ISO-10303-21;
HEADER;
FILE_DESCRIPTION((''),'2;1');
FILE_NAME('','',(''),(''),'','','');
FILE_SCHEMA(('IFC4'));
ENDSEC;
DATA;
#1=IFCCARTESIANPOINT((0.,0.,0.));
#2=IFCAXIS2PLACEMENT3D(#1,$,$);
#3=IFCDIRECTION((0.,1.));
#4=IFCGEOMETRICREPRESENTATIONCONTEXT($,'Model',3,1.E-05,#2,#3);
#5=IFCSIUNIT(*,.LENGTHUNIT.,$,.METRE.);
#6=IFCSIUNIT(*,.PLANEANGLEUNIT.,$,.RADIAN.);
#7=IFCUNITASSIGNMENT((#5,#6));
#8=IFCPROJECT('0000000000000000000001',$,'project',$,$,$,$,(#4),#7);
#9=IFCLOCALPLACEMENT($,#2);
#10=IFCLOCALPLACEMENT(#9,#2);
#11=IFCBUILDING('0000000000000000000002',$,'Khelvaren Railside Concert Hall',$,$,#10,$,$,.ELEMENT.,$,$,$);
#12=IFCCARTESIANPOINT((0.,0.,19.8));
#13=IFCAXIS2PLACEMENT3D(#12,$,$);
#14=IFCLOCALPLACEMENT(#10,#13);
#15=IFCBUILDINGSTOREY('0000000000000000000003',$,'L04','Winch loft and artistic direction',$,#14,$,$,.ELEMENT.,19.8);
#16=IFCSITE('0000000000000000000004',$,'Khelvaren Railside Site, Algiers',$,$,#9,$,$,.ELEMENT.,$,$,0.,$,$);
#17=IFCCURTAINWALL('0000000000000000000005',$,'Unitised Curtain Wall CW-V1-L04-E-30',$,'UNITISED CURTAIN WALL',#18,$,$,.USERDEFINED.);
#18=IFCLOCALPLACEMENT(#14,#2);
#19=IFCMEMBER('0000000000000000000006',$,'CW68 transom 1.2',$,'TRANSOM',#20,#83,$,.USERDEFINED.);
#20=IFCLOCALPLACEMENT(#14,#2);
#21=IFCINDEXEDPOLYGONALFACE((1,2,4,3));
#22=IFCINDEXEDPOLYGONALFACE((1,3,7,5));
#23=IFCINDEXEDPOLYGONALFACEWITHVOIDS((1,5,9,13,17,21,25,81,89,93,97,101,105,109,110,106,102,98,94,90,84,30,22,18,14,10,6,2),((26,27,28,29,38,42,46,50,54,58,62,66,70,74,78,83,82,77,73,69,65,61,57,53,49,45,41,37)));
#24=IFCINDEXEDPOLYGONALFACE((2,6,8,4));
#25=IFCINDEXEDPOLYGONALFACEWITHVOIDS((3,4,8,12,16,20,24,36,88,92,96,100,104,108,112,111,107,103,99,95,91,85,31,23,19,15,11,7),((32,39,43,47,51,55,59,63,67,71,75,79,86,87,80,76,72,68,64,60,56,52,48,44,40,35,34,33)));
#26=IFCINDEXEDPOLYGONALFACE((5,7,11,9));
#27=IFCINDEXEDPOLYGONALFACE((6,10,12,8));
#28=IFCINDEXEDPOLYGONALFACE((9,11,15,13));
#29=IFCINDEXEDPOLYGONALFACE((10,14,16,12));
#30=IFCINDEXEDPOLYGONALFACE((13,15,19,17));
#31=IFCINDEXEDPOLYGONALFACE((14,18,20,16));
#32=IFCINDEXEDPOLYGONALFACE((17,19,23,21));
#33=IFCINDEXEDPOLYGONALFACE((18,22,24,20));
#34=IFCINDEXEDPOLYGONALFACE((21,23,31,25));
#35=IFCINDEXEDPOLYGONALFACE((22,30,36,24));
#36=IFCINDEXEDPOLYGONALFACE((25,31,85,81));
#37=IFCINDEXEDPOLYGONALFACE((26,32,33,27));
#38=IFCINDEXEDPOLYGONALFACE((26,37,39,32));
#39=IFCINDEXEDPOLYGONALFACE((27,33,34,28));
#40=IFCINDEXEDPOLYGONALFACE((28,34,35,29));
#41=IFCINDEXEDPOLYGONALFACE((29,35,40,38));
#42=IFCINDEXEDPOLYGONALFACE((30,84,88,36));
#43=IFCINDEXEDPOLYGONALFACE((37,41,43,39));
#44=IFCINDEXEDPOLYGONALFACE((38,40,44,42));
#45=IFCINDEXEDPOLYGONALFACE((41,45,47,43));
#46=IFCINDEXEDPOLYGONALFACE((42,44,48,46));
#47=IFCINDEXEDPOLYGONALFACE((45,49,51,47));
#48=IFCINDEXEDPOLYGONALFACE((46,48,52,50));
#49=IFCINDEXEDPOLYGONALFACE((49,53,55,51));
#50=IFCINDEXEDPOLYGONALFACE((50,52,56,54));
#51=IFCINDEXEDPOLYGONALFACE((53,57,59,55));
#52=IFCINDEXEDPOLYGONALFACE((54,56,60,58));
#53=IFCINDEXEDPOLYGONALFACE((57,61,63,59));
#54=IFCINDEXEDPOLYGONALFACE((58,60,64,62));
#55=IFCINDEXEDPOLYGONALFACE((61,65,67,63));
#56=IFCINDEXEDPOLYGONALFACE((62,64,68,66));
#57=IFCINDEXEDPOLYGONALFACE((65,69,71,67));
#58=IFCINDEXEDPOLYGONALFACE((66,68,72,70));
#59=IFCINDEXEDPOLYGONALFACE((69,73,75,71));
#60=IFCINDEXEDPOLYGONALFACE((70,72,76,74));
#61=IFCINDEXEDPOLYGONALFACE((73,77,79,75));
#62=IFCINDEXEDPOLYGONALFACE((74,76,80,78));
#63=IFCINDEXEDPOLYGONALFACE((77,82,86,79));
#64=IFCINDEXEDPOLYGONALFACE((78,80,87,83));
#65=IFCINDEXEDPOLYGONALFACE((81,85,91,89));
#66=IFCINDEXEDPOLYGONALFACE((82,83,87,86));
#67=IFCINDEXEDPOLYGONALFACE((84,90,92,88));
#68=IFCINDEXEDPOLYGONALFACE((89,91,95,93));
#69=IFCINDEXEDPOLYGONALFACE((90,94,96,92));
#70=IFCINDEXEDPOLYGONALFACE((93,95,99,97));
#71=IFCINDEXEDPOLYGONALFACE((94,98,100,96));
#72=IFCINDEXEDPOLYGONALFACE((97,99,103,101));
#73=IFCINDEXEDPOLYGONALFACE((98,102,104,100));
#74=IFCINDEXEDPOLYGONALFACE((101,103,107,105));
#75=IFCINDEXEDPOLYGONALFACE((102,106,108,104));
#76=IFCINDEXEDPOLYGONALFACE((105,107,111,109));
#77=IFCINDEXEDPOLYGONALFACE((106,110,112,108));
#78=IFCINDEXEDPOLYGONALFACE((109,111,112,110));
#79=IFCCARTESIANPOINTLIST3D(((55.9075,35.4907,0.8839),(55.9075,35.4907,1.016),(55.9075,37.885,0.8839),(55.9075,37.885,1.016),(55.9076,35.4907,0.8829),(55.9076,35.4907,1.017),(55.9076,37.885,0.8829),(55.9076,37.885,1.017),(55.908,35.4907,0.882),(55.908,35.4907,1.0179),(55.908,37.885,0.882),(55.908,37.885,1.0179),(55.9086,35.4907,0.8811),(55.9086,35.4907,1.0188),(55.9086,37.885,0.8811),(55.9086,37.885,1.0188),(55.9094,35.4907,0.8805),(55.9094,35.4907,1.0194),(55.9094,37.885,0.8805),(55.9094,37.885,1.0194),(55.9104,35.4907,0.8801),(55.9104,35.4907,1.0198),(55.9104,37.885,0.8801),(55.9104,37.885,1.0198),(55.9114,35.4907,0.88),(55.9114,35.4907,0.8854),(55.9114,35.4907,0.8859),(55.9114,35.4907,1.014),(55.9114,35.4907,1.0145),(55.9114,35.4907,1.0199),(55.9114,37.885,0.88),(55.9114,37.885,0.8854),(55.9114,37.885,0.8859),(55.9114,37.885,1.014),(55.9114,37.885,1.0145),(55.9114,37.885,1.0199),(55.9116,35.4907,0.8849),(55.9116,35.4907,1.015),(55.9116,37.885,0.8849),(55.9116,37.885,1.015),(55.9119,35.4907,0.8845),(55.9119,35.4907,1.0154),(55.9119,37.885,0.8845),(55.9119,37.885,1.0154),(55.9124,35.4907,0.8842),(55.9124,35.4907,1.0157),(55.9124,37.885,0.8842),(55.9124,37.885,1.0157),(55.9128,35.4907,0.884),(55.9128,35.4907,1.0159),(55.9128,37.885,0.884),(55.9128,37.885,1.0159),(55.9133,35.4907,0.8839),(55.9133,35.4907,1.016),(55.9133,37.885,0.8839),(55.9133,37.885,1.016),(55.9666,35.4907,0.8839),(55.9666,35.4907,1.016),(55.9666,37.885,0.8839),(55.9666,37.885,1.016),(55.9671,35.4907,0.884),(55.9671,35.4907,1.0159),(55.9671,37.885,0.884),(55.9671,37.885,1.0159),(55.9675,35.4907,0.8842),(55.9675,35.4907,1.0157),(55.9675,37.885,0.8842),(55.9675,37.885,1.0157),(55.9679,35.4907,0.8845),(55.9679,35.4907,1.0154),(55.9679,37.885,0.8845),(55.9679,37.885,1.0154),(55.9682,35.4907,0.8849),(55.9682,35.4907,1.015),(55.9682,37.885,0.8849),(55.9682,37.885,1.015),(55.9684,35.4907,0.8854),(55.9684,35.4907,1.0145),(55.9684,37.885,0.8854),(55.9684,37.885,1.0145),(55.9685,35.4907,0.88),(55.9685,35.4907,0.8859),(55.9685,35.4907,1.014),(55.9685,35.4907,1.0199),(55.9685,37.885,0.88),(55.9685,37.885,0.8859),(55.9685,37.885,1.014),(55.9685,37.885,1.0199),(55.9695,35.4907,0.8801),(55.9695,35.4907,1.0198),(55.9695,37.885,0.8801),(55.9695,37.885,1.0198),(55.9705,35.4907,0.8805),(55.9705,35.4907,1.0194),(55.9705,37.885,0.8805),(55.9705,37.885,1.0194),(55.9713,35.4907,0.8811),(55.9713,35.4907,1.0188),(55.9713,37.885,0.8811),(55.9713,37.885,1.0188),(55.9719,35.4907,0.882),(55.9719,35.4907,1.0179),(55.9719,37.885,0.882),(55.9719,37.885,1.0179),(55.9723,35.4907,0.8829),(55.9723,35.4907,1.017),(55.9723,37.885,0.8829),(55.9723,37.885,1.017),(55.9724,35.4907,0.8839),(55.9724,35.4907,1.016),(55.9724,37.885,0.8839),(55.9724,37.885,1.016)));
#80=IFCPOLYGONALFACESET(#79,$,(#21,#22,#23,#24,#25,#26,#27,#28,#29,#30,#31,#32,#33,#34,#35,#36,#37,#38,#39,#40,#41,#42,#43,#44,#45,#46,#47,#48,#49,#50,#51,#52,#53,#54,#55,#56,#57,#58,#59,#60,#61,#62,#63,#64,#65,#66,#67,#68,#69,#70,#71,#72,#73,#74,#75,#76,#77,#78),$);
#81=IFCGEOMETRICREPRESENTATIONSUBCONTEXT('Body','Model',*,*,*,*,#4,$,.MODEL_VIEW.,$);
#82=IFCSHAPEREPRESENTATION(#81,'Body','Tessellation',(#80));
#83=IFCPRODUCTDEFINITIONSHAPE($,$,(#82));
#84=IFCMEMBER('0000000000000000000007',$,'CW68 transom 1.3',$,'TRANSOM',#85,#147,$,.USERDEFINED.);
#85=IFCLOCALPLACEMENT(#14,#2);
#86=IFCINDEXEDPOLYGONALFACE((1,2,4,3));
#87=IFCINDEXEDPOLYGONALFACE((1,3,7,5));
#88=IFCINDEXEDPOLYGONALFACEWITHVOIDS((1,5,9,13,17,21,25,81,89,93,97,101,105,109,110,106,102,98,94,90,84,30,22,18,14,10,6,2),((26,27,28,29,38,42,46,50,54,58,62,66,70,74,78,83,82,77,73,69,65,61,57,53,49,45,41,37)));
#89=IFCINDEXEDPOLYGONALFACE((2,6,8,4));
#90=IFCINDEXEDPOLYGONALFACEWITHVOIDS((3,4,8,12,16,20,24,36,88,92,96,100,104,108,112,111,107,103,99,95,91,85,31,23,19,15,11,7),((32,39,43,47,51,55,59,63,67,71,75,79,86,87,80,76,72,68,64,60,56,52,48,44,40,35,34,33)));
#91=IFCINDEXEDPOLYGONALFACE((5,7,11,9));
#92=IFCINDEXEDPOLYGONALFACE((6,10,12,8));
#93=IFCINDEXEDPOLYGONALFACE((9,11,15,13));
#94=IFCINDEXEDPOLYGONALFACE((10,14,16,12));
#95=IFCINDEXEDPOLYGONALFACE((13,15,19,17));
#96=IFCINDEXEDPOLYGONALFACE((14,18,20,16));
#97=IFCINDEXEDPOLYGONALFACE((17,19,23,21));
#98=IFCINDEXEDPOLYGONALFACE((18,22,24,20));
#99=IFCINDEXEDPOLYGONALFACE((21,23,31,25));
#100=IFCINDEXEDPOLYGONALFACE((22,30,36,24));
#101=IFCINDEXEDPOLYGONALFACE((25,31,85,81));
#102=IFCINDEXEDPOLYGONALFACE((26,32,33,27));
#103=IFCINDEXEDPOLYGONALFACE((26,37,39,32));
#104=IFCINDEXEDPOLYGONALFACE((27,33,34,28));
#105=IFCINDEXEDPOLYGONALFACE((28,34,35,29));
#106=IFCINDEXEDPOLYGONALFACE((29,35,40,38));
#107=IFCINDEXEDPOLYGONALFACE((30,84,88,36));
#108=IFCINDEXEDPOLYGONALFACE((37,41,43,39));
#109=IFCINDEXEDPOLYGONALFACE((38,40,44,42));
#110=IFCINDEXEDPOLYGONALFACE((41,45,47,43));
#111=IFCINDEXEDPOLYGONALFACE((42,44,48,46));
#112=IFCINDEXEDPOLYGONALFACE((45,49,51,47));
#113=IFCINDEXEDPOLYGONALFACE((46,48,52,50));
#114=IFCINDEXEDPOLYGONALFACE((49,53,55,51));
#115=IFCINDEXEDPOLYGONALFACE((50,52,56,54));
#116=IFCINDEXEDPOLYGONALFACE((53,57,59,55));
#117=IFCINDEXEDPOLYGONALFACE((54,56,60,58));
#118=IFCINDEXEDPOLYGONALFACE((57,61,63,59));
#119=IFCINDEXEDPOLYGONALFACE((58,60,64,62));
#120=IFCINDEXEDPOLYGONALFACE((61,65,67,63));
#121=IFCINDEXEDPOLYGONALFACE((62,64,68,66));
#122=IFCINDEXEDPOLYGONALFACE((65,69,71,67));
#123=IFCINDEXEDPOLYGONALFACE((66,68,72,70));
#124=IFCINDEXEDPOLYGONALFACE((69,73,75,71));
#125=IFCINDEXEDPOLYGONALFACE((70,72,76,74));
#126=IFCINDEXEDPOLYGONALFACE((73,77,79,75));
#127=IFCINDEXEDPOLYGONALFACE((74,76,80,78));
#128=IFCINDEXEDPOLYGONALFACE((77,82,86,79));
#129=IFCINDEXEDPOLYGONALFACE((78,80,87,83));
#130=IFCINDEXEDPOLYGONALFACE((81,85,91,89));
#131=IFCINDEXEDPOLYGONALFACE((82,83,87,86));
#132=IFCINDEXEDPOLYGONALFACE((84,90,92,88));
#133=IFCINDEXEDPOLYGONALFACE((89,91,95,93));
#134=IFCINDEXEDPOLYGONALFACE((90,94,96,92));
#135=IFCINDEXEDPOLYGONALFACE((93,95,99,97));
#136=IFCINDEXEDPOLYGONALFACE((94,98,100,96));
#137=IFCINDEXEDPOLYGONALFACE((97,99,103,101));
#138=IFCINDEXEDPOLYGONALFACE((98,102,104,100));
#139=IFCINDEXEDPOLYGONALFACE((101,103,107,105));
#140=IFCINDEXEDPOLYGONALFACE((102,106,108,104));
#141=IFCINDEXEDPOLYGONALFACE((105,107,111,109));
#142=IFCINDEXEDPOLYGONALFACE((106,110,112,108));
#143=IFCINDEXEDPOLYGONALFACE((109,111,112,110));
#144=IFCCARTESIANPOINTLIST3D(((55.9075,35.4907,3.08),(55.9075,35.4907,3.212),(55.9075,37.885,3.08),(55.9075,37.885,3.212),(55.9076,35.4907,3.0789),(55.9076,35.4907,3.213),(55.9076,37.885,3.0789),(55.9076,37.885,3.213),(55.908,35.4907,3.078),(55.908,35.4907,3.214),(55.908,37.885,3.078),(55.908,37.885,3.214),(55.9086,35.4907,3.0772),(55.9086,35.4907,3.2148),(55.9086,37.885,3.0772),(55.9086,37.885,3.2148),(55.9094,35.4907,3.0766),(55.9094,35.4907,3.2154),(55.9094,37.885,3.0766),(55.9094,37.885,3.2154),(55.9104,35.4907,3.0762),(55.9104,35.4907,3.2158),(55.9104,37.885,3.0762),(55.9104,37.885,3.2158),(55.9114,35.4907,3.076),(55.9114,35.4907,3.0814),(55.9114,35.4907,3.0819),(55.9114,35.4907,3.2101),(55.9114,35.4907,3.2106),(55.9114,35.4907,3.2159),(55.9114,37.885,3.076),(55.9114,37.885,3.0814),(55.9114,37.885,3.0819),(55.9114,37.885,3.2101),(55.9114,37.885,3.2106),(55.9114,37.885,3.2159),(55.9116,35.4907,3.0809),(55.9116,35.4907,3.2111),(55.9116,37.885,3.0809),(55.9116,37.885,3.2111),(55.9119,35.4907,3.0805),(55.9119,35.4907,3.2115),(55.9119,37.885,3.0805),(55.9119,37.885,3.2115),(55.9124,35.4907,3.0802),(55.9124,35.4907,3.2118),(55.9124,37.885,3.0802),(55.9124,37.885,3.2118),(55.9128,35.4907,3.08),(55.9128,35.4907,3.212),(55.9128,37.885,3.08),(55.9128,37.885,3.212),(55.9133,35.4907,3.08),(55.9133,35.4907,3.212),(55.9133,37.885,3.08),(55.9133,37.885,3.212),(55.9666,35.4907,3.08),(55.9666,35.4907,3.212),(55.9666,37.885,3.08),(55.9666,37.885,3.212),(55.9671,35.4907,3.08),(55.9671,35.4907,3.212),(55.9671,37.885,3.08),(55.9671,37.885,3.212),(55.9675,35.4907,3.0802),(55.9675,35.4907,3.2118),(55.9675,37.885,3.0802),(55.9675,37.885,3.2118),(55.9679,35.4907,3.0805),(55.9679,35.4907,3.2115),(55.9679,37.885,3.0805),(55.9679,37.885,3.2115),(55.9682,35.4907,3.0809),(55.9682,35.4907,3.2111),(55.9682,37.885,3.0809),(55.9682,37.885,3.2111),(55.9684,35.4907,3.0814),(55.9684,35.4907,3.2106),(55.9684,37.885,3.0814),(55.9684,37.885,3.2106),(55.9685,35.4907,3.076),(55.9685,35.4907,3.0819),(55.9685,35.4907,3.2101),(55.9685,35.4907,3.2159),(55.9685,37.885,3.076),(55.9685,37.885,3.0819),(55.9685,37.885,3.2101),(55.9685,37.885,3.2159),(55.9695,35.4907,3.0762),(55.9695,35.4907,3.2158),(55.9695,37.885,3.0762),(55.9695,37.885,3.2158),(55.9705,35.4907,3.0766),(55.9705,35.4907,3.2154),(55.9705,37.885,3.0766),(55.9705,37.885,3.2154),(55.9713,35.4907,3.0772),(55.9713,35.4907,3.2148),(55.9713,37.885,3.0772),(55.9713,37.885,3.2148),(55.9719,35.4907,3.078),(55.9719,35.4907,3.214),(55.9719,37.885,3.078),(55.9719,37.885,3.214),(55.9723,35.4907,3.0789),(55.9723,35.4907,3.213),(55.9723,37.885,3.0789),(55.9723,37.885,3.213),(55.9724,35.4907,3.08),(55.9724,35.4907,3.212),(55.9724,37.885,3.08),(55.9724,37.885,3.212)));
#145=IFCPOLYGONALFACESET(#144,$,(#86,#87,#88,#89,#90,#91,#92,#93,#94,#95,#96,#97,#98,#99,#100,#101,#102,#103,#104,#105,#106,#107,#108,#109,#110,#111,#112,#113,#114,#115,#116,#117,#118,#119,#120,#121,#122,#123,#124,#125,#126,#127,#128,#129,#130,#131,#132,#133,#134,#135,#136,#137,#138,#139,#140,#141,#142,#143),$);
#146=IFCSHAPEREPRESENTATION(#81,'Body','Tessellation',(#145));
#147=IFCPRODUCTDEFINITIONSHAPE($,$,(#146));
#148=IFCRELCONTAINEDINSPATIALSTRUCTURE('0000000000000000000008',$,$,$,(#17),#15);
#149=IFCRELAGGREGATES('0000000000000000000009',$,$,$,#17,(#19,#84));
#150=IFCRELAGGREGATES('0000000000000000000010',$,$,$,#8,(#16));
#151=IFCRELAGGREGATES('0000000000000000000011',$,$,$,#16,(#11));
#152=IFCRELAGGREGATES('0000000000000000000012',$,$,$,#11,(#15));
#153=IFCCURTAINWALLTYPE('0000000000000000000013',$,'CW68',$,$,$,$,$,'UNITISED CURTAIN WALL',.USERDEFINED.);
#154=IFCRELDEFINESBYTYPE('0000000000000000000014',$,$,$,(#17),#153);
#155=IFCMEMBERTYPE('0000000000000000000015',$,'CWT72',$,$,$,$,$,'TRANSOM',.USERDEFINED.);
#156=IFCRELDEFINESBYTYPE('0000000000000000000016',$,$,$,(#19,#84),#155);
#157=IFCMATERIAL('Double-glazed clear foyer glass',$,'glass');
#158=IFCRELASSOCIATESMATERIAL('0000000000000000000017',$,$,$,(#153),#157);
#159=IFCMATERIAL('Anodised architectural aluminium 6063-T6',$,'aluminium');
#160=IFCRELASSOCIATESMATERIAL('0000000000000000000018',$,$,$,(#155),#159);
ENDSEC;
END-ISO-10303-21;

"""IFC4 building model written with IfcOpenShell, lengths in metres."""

from ifc_helpers import new_model, si_unit, direction, frame, origin, origin_2d, place, context, subcontext, project, spatial, hollow_rectangle, extrude, material, material_profile, profile_set, type_object, element, aggregate, save


model = new_model("IFC4")

# Units and contexts
model_context = context("Model", 3, precision=1e-05, world=origin(), true_north=direction((0.0, 1.0)))
body_context = subcontext(model_context, "Body", "Model", "MODEL_VIEW")
ifc_project = project(units=[si_unit("LENGTHUNIT", "METRE"), si_unit("PLANEANGLEUNIT", "RADIAN")], contexts=[model_context])

# Site, building, storey
site_placement = place(None, origin())
site = spatial("IfcSite", under=ifc_project, at=site_placement, Name="Khelvaren Railside Site, Algiers", CompositionType="ELEMENT", RefElevation=0.0)
building_placement = place(site_placement, origin())
building = spatial("IfcBuilding", under=site, at=building_placement, Name="Khelvaren Railside Concert Hall", CompositionType="ELEMENT")
storey_placement = place(building_placement, frame((0.0, 0.0, 19.8)))
storey = spatial("IfcBuildingStorey", under=building, at=storey_placement, Name="L04", Description="Winch loft and artistic direction", CompositionType="ELEMENT", Elevation=19.8)

# Curtain wall
ifc_material_1 = material(Name="Double-glazed clear foyer glass", Category="glass")
curtain_wall_type_1 = type_object("IfcCurtainWallType", Name="CW68", ElementType="UNITISED CURTAIN WALL", PredefinedType="USERDEFINED", material=ifc_material_1)
curtain_wall_1_placement = place(storey_placement, origin())
curtain_wall_1 = element("IfcCurtainWall", 1, at=curtain_wall_1_placement, inside=storey, type_object=curtain_wall_type_1, Name="Unitised Curtain Wall CW-V1-L04-E-30", ObjectType="UNITISED CURTAIN WALL", PredefinedType="USERDEFINED")
ifc_material_2 = material(Name="Anodised architectural aluminium 6063-T6", Category="aluminium")

# Members
ifc_material_profile_1 = material_profile(ifc_material_2, hollow_rectangle(XDim=0.0649, YDim=0.1399, WallThickness=0.0039, InnerFilletRadius=0.002, OuterFilletRadius=0.0039, at=origin_2d()), Name="CWT 65x140x4")
ifc_profile_set_1 = profile_set([ifc_material_profile_1], Name="Anodised architectural aluminium 6063-T6")
member_type_1 = type_object("IfcMemberType", Name="CWT72", ElementType="TRANSOM", PredefinedType="USERDEFINED", material=ifc_profile_set_1)
member_1_placement = place(storey_placement, frame((55.9399, 37.885, 0.95), z_axis=(0.0, -1.0, 0.0), x_axis=(1.0, 0.0, 0.0)))
member_1 = element("IfcMember", 2, at=member_1_placement, type_object=member_type_1, Name="CW68 transom 1.2", ObjectType="TRANSOM", PredefinedType="USERDEFINED", context=body_context, shape_type="SweptSolid", body=[
    extrude(hollow_rectangle(XDim=0.0649, YDim=0.1399, WallThickness=0.0039, InnerFilletRadius=0.002, OuterFilletRadius=0.0039, at=origin_2d()), origin(), (0.0, 0.0, 1.0), 2.3943),
])
member_2_placement = place(storey_placement, frame((55.9399, 37.885, 3.146), z_axis=(0.0, -1.0, 0.0), x_axis=(1.0, 0.0, 0.0)))
member_2 = element("IfcMember", 3, at=member_2_placement, type_object=member_type_1, Name="CW68 transom 1.3", ObjectType="TRANSOM", PredefinedType="USERDEFINED", context=body_context, shape_type="SweptSolid", body=[
    extrude(hollow_rectangle(XDim=0.0649, YDim=0.1399, WallThickness=0.0039, InnerFilletRadius=0.002, OuterFilletRadius=0.0039, at=origin_2d()), origin(), (0.0, 0.0, 1.0), 2.3943),
])

aggregate(curtain_wall_1, [member_1, member_2])

save(model, "model.ifc")
